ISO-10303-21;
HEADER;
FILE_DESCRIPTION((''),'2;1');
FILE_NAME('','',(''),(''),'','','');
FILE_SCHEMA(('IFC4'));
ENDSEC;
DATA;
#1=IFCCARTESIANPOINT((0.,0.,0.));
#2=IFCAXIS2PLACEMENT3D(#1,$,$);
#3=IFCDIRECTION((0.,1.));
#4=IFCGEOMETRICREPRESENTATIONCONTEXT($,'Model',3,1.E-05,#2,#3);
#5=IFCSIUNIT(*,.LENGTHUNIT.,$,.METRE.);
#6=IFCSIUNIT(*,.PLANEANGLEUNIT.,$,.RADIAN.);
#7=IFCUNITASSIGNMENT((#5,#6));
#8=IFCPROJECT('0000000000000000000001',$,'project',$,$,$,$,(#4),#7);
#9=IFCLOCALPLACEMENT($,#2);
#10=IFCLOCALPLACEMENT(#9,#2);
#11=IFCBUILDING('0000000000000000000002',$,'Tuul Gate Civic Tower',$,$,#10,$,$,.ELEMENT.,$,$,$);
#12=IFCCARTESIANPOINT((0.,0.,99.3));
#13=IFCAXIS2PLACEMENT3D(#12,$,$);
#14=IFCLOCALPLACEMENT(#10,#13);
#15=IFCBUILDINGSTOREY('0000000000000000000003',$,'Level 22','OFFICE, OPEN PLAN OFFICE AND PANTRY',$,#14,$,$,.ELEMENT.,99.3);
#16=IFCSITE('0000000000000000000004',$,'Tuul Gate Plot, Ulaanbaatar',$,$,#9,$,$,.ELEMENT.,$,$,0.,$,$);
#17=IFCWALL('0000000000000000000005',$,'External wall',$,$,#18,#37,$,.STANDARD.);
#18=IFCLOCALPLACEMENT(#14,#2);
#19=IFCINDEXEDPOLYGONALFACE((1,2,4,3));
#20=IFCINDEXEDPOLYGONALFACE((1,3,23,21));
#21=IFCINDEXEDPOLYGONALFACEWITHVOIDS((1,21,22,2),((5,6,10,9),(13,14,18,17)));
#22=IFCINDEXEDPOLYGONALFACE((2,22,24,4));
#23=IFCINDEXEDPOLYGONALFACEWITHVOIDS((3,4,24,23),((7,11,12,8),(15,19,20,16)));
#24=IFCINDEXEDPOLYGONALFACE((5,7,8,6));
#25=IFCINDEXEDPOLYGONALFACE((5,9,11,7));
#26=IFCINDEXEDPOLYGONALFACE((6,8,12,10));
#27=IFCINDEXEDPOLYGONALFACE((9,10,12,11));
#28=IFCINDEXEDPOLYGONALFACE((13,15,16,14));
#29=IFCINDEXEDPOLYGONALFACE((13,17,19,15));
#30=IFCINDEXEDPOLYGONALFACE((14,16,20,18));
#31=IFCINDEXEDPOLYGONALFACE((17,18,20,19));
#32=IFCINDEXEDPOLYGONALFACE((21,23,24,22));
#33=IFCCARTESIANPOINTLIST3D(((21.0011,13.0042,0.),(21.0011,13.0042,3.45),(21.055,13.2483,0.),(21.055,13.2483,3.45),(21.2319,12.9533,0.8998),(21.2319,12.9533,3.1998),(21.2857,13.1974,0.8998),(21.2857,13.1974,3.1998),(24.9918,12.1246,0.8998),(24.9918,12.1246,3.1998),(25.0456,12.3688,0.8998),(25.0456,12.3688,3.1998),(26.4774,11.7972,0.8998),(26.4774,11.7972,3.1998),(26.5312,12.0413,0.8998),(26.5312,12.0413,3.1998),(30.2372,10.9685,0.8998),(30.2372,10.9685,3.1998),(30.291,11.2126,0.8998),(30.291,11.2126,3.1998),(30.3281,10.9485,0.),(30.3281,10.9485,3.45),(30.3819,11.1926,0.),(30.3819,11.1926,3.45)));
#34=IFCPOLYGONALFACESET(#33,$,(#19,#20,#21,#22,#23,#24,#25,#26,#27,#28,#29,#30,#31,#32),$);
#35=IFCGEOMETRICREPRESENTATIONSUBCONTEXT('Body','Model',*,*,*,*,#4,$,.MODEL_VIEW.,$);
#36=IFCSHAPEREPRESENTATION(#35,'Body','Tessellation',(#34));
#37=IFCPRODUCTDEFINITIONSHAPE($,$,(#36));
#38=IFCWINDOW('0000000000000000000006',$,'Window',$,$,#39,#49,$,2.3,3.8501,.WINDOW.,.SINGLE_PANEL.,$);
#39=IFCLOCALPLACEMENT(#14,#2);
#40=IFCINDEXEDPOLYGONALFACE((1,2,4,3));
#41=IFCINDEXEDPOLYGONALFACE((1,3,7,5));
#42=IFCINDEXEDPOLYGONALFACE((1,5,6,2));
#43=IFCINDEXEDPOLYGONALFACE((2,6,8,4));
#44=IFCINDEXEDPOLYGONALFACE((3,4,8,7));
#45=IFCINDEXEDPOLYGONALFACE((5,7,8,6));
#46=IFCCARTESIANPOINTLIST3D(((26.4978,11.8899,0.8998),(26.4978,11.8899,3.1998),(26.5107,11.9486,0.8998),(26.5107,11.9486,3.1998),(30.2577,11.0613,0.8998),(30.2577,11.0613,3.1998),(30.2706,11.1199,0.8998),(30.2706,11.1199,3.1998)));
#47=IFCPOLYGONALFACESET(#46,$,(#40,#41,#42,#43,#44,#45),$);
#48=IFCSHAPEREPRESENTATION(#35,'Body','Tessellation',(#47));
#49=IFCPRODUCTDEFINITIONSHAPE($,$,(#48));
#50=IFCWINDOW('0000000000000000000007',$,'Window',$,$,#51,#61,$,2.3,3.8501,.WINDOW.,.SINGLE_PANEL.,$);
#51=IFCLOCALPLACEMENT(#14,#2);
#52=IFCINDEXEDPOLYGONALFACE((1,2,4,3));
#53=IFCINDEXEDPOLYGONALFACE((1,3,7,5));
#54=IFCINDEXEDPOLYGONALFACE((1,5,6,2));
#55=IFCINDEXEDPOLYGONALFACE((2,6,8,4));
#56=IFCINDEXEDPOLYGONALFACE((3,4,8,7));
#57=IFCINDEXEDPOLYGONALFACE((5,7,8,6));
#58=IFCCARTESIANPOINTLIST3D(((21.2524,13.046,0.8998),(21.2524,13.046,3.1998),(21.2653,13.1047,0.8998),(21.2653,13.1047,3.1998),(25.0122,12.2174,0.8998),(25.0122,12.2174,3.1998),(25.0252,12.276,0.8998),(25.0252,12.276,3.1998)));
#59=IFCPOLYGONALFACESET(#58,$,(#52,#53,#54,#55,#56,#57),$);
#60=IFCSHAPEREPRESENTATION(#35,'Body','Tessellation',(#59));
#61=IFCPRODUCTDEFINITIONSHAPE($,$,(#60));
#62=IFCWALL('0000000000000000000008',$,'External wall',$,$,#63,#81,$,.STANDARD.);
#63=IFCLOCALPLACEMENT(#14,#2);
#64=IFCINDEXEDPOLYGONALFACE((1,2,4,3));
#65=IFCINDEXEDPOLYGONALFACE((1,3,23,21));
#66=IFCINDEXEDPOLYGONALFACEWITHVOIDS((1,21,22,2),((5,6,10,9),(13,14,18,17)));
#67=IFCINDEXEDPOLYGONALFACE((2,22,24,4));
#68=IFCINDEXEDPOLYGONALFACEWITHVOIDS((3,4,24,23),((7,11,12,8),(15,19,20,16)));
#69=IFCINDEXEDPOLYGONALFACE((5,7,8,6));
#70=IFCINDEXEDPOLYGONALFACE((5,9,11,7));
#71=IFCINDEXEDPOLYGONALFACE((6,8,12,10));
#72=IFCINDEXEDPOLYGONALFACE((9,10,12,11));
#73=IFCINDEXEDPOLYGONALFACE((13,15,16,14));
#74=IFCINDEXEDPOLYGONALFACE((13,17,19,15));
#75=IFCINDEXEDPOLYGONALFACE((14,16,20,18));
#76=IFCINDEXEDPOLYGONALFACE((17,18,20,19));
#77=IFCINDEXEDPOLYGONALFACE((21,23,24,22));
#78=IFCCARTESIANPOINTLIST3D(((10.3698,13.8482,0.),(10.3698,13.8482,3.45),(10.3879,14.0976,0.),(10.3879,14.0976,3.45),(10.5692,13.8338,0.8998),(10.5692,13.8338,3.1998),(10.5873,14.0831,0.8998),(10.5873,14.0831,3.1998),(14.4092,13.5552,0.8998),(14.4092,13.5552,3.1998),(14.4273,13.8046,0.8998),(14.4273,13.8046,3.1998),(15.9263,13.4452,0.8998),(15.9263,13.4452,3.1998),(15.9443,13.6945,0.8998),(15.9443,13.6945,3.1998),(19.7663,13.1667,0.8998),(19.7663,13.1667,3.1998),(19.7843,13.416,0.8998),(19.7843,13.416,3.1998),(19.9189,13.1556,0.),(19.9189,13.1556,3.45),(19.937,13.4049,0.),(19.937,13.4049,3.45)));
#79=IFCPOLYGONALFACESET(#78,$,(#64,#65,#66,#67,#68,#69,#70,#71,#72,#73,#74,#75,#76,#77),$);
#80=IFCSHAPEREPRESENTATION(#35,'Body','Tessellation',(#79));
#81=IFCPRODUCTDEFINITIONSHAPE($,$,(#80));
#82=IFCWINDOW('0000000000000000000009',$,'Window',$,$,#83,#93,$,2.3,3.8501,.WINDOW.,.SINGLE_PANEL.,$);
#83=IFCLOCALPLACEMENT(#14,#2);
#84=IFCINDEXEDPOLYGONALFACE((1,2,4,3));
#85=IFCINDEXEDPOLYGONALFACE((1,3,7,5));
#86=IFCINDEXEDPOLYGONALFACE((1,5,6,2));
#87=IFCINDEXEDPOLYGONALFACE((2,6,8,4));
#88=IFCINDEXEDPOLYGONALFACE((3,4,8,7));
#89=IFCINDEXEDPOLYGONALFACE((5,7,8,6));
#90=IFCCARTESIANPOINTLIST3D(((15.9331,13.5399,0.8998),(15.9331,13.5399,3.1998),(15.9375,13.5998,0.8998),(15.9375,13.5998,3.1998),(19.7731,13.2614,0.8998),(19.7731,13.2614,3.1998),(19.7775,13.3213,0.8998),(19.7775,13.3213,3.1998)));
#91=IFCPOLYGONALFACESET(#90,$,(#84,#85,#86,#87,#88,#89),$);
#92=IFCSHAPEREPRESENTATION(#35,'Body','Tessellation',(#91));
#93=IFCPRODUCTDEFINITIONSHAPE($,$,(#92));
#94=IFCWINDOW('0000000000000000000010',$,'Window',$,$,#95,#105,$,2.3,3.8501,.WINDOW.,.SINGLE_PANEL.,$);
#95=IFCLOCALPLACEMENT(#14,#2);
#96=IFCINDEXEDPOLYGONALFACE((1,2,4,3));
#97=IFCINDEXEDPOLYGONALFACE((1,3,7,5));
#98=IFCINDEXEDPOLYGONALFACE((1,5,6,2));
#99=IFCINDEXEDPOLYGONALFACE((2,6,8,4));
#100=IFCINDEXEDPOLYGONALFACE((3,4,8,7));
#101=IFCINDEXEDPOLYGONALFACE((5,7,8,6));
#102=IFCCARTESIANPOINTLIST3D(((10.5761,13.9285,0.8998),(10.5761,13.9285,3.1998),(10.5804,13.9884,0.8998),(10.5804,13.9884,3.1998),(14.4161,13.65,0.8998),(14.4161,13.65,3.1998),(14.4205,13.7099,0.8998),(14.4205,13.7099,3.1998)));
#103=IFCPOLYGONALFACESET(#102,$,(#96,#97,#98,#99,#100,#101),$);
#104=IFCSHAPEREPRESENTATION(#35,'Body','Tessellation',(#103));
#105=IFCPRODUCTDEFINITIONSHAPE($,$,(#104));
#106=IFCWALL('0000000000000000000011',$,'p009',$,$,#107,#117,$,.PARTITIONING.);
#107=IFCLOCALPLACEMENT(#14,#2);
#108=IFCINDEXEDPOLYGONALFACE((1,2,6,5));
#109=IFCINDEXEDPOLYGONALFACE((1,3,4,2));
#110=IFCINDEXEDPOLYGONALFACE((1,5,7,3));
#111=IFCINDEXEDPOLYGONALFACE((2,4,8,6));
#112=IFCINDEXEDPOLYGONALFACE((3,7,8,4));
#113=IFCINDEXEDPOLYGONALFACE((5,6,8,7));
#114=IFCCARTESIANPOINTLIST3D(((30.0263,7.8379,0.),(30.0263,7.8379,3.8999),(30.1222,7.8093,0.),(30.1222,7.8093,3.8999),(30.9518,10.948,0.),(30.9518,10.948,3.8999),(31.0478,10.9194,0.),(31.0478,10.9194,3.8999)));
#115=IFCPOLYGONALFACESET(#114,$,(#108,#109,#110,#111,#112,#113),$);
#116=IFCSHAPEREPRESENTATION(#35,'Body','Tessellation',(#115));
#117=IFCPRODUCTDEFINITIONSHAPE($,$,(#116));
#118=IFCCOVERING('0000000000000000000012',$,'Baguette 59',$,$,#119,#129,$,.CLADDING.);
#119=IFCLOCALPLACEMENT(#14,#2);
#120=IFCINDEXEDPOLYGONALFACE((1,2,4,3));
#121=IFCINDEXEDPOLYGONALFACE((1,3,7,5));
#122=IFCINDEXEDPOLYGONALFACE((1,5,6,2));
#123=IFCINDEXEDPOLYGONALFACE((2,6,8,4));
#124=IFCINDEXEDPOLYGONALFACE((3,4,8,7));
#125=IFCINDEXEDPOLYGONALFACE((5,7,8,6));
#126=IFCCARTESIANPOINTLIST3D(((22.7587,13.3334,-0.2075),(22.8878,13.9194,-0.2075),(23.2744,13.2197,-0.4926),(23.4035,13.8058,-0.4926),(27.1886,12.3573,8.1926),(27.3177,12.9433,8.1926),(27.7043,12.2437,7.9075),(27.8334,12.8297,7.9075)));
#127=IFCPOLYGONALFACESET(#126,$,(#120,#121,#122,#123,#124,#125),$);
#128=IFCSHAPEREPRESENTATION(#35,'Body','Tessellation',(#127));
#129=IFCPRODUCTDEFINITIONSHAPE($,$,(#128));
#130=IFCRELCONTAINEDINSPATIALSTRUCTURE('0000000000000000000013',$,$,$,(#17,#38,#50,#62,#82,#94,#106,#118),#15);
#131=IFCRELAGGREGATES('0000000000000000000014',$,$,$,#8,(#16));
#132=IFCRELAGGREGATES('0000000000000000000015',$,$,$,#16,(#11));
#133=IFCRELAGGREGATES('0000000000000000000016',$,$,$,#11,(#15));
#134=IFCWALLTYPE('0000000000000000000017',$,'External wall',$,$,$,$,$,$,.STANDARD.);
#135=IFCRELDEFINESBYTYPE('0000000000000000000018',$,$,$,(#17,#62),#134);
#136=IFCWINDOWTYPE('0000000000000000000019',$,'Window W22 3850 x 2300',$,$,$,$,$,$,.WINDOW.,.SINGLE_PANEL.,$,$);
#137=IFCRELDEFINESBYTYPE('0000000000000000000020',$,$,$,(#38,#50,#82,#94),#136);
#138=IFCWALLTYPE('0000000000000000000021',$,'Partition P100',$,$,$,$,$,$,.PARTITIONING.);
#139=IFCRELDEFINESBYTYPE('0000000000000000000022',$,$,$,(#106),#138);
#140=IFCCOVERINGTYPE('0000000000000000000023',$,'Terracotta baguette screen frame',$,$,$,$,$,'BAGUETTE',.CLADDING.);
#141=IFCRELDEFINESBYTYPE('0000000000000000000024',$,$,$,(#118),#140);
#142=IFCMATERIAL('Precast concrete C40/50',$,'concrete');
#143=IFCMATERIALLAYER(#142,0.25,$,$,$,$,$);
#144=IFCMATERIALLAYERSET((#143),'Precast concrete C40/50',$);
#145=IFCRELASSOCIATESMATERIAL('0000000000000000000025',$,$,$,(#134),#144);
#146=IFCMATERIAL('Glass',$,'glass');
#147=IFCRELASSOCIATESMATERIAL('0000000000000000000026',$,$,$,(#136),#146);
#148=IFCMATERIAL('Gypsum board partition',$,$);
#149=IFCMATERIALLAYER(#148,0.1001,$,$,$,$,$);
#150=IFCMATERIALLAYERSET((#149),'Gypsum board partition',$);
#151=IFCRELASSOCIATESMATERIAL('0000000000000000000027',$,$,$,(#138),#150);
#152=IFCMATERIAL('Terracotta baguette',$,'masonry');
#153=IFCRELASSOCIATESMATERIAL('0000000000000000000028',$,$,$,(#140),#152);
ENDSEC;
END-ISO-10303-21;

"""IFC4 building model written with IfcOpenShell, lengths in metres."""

from ifc_helpers import new_model, si_unit, direction, frame, frame_2d, origin, origin_2d, place, context, subcontext, project, spatial, rectangle, extrude, material, layer, layer_set, material_profile, profile_set, type_object, element, fill, save


model = new_model("IFC4")

# Units and contexts
model_context = context("Model", 3, precision=1e-05, world=origin(), true_north=direction((0.0, 1.0)))
body_context = subcontext(model_context, "Body", "Model", "MODEL_VIEW")
ifc_project = project(units=[si_unit("LENGTHUNIT", "METRE"), si_unit("PLANEANGLEUNIT", "RADIAN")], contexts=[model_context])

# Site, building, storey
site_placement = place(None, origin())
site = spatial("IfcSite", under=ifc_project, at=site_placement, Name="Tuul Gate Plot, Ulaanbaatar", CompositionType="ELEMENT", RefElevation=0.0)
building_placement = place(site_placement, origin())
building = spatial("IfcBuilding", under=site, at=building_placement, Name="Tuul Gate Civic Tower", CompositionType="ELEMENT")
storey_placement = place(building_placement, frame((0.0, 0.0, 99.3)))
storey = spatial("IfcBuildingStorey", under=building, at=storey_placement, Name="Level 22", Description="OFFICE, OPEN PLAN OFFICE AND PANTRY", CompositionType="ELEMENT", Elevation=99.3)

# Walls, openings, windows
ifc_material_1 = material(Name="Precast concrete C40/50", Category="concrete")
ifc_layer_1 = layer(ifc_material_1, 0.25)
ifc_layer_set_1 = layer_set([ifc_layer_1], Name="Precast concrete C40/50")
wall_type_1 = type_object("IfcWallType", Name="External wall", PredefinedType="STANDARD", material=ifc_layer_set_1)
wall_1_placement = place(storey_placement, frame((30.355, 11.0706, 0.0), z_axis=(0.0, 0.0, 1.0), x_axis=(-0.976562, 0.215236, 0.0)))
wall_1 = element("IfcWall", 1, at=wall_1_placement, inside=storey, type_object=wall_type_1, Name="External wall", PredefinedType="STANDARD", context=body_context, shape_type="SweptSolid", body=[
    extrude(rectangle(XDim=9.5508, YDim=0.25, at=frame_2d((4.7754, 0.0))), origin(), (0.0, 0.0, 1.0), 3.45),
])
opening_1_placement = place(wall_1_placement, frame((0.093, 0.0, 0.8999)))
opening_1 = element("IfcOpeningElement", 2, at=opening_1_placement, cuts=wall_1, PredefinedType="OPENING", context=body_context, shape_type="SweptSolid", body=[
    extrude(rectangle(XDim=3.8501, YDim=2.3, at=frame_2d((1.925, 1.1499))), frame((0.0, 0.135, 0.0), z_axis=(0.0, -1.0, 0.0), x_axis=(1.0, 0.0, 0.0)), (0.0, 0.0, 1.0), 0.27),
])
opening_2_placement = place(wall_1_placement, frame((5.4644, 0.0, 0.8999)))
opening_2 = element("IfcOpeningElement", 3, at=opening_2_placement, cuts=wall_1, PredefinedType="OPENING", context=body_context, shape_type="SweptSolid", body=[
    extrude(rectangle(XDim=3.8501, YDim=2.3, at=frame_2d((1.925, 1.1499))), frame((0.0, 0.135, 0.0), z_axis=(0.0, -1.0, 0.0), x_axis=(1.0, 0.0, 0.0)), (0.0, 0.0, 1.0), 0.27),
])
ifc_material_2 = material(Name="Glass", Category="glass")
window_type = type_object("IfcWindowType", Name="Window W22 3850 x 2300", PartitioningType="SINGLE_PANEL", PredefinedType="WINDOW", material=ifc_material_2)
window_1_placement = place(opening_1_placement, origin())
window_1 = element("IfcWindow", 4, at=window_1_placement, inside=storey, type_object=window_type, Name="Window", OverallHeight=2.3, OverallWidth=3.8501, PartitioningType="SINGLE_PANEL", PredefinedType="WINDOW", context=body_context, shape_type="SweptSolid", body=[
    extrude(rectangle(XDim=3.8501, YDim=2.3, at=frame_2d((1.925, 1.1499))), frame((0.0, 0.03, 0.0), z_axis=(0.0, -1.0, 0.0), x_axis=(1.0, 0.0, 0.0)), (0.0, 0.0, 1.0), 0.0601),
])
fill(opening_1, window_1)
window_2_placement = place(opening_2_placement, origin())
window_2 = element("IfcWindow", 5, at=window_2_placement, inside=storey, type_object=window_type, Name="Window", OverallHeight=2.3, OverallWidth=3.8501, PartitioningType="SINGLE_PANEL", PredefinedType="WINDOW", context=body_context, shape_type="SweptSolid", body=[
    extrude(rectangle(XDim=3.8501, YDim=2.3, at=frame_2d((1.925, 1.1499))), frame((0.0, 0.03, 0.0), z_axis=(0.0, -1.0, 0.0), x_axis=(1.0, 0.0, 0.0)), (0.0, 0.0, 1.0), 0.0601),
])
fill(opening_2, window_2)
wall_2_placement = place(storey_placement, frame((19.928, 13.2803, 0.0), z_axis=(0.0, 0.0, 1.0), x_axis=(-0.99738, 0.072343, 0.0)))
wall_2 = element("IfcWall", 6, at=wall_2_placement, inside=storey, type_object=wall_type_1, Name="External wall", PredefinedType="STANDARD", context=body_context, shape_type="SweptSolid", body=[
    extrude(rectangle(XDim=9.5742, YDim=0.25, at=frame_2d((4.7871, 0.0))), origin(), (0.0, 0.0, 1.0), 3.45),
])
opening_3_placement = place(wall_2_placement, frame((0.1531, 0.0, 0.8999)))
opening_3 = element("IfcOpeningElement", 7, at=opening_3_placement, cuts=wall_2, PredefinedType="OPENING", context=body_context, shape_type="SweptSolid", body=[
    extrude(rectangle(XDim=3.8501, YDim=2.3, at=frame_2d((1.925, 1.1499))), frame((0.0, 0.135, 0.0), z_axis=(0.0, -1.0, 0.0), x_axis=(1.0, 0.0, 0.0)), (0.0, 0.0, 1.0), 0.27),
])
opening_4_placement = place(wall_2_placement, frame((5.5242, 0.0, 0.8999)))
opening_4 = element("IfcOpeningElement", 8, at=opening_4_placement, cuts=wall_2, PredefinedType="OPENING", context=body_context, shape_type="SweptSolid", body=[
    extrude(rectangle(XDim=3.8501, YDim=2.3, at=frame_2d((1.925, 1.1499))), frame((0.0, 0.135, 0.0), z_axis=(0.0, -1.0, 0.0), x_axis=(1.0, 0.0, 0.0)), (0.0, 0.0, 1.0), 0.27),
])
window_3_placement = place(opening_3_placement, origin())
window_3 = element("IfcWindow", 9, at=window_3_placement, inside=storey, type_object=window_type, Name="Window", OverallHeight=2.3, OverallWidth=3.8501, PartitioningType="SINGLE_PANEL", PredefinedType="WINDOW", context=body_context, shape_type="SweptSolid", body=[
    extrude(rectangle(XDim=3.8501, YDim=2.3, at=frame_2d((1.925, 1.1499))), frame((0.0, 0.03, 0.0), z_axis=(0.0, -1.0, 0.0), x_axis=(1.0, 0.0, 0.0)), (0.0, 0.0, 1.0), 0.0601),
])
fill(opening_3, window_3)
window_4_placement = place(opening_4_placement, origin())
window_4 = element("IfcWindow", 10, at=window_4_placement, inside=storey, type_object=window_type, Name="Window", OverallHeight=2.3, OverallWidth=3.8501, PartitioningType="SINGLE_PANEL", PredefinedType="WINDOW", context=body_context, shape_type="SweptSolid", body=[
    extrude(rectangle(XDim=3.8501, YDim=2.3, at=frame_2d((1.925, 1.1499))), frame((0.0, 0.03, 0.0), z_axis=(0.0, -1.0, 0.0), x_axis=(1.0, 0.0, 0.0)), (0.0, 0.0, 1.0), 0.0601),
])
fill(opening_4, window_4)

# Wall
ifc_material_3 = material(Name="Gypsum board partition")
ifc_layer_2 = layer(ifc_material_3, 0.1001)
ifc_layer_set_2 = layer_set([ifc_layer_2], Name="Gypsum board partition")
wall_type_2 = type_object("IfcWallType", Name="Partition P100", PredefinedType="PARTITIONING", material=ifc_layer_set_2)
wall_3_placement = place(storey_placement, frame((30.0742, 7.8235, 0.0), z_axis=(0.0, 0.0, 1.0), x_axis=(0.285228, 0.95846, 0.0)))
element("IfcWall", 11, at=wall_3_placement, inside=storey, type_object=wall_type_2, Name="p009", PredefinedType="PARTITIONING", context=body_context, shape_type="SweptSolid", body=[
    extrude(rectangle(XDim=3.2449, YDim=0.1001, at=frame_2d((1.6226, 0.0))), origin(), (0.0, 0.0, 1.0), 3.8999),
])

# Covering
ifc_material_4 = material(Name="Terracotta baguette", Category="masonry")
ifc_material_profile_1 = material_profile(ifc_material_4, rectangle(XDim=0.6001, YDim=0.6001, at=origin_2d()), Name="Terracotta baguette screen frame")
ifc_profile_set_1 = profile_set([ifc_material_profile_1], Name="Terracotta baguette")
covering_type = type_object("IfcCoveringType", Name="Terracotta baguette screen frame", ElementType="BAGUETTE", PredefinedType="CLADDING", material=ifc_profile_set_1)
covering_placement = place(storey_placement, frame((27.511, 12.5935, 8.05), z_axis=(-0.464028, 0.102242, -0.879901), x_axis=(-0.215175, -0.976576, 0.0)))
element("IfcCovering", 12, at=covering_placement, inside=storey, type_object=covering_type, Name="Baguette 59", PredefinedType="CLADDING", context=body_context, shape_type="SweptSolid", body=[
    extrude(rectangle(XDim=0.6001, YDim=0.6001, at=origin_2d()), origin(), (0.0, 0.0, 1.0), 9.5466),
])

save(model, "model.ifc")
